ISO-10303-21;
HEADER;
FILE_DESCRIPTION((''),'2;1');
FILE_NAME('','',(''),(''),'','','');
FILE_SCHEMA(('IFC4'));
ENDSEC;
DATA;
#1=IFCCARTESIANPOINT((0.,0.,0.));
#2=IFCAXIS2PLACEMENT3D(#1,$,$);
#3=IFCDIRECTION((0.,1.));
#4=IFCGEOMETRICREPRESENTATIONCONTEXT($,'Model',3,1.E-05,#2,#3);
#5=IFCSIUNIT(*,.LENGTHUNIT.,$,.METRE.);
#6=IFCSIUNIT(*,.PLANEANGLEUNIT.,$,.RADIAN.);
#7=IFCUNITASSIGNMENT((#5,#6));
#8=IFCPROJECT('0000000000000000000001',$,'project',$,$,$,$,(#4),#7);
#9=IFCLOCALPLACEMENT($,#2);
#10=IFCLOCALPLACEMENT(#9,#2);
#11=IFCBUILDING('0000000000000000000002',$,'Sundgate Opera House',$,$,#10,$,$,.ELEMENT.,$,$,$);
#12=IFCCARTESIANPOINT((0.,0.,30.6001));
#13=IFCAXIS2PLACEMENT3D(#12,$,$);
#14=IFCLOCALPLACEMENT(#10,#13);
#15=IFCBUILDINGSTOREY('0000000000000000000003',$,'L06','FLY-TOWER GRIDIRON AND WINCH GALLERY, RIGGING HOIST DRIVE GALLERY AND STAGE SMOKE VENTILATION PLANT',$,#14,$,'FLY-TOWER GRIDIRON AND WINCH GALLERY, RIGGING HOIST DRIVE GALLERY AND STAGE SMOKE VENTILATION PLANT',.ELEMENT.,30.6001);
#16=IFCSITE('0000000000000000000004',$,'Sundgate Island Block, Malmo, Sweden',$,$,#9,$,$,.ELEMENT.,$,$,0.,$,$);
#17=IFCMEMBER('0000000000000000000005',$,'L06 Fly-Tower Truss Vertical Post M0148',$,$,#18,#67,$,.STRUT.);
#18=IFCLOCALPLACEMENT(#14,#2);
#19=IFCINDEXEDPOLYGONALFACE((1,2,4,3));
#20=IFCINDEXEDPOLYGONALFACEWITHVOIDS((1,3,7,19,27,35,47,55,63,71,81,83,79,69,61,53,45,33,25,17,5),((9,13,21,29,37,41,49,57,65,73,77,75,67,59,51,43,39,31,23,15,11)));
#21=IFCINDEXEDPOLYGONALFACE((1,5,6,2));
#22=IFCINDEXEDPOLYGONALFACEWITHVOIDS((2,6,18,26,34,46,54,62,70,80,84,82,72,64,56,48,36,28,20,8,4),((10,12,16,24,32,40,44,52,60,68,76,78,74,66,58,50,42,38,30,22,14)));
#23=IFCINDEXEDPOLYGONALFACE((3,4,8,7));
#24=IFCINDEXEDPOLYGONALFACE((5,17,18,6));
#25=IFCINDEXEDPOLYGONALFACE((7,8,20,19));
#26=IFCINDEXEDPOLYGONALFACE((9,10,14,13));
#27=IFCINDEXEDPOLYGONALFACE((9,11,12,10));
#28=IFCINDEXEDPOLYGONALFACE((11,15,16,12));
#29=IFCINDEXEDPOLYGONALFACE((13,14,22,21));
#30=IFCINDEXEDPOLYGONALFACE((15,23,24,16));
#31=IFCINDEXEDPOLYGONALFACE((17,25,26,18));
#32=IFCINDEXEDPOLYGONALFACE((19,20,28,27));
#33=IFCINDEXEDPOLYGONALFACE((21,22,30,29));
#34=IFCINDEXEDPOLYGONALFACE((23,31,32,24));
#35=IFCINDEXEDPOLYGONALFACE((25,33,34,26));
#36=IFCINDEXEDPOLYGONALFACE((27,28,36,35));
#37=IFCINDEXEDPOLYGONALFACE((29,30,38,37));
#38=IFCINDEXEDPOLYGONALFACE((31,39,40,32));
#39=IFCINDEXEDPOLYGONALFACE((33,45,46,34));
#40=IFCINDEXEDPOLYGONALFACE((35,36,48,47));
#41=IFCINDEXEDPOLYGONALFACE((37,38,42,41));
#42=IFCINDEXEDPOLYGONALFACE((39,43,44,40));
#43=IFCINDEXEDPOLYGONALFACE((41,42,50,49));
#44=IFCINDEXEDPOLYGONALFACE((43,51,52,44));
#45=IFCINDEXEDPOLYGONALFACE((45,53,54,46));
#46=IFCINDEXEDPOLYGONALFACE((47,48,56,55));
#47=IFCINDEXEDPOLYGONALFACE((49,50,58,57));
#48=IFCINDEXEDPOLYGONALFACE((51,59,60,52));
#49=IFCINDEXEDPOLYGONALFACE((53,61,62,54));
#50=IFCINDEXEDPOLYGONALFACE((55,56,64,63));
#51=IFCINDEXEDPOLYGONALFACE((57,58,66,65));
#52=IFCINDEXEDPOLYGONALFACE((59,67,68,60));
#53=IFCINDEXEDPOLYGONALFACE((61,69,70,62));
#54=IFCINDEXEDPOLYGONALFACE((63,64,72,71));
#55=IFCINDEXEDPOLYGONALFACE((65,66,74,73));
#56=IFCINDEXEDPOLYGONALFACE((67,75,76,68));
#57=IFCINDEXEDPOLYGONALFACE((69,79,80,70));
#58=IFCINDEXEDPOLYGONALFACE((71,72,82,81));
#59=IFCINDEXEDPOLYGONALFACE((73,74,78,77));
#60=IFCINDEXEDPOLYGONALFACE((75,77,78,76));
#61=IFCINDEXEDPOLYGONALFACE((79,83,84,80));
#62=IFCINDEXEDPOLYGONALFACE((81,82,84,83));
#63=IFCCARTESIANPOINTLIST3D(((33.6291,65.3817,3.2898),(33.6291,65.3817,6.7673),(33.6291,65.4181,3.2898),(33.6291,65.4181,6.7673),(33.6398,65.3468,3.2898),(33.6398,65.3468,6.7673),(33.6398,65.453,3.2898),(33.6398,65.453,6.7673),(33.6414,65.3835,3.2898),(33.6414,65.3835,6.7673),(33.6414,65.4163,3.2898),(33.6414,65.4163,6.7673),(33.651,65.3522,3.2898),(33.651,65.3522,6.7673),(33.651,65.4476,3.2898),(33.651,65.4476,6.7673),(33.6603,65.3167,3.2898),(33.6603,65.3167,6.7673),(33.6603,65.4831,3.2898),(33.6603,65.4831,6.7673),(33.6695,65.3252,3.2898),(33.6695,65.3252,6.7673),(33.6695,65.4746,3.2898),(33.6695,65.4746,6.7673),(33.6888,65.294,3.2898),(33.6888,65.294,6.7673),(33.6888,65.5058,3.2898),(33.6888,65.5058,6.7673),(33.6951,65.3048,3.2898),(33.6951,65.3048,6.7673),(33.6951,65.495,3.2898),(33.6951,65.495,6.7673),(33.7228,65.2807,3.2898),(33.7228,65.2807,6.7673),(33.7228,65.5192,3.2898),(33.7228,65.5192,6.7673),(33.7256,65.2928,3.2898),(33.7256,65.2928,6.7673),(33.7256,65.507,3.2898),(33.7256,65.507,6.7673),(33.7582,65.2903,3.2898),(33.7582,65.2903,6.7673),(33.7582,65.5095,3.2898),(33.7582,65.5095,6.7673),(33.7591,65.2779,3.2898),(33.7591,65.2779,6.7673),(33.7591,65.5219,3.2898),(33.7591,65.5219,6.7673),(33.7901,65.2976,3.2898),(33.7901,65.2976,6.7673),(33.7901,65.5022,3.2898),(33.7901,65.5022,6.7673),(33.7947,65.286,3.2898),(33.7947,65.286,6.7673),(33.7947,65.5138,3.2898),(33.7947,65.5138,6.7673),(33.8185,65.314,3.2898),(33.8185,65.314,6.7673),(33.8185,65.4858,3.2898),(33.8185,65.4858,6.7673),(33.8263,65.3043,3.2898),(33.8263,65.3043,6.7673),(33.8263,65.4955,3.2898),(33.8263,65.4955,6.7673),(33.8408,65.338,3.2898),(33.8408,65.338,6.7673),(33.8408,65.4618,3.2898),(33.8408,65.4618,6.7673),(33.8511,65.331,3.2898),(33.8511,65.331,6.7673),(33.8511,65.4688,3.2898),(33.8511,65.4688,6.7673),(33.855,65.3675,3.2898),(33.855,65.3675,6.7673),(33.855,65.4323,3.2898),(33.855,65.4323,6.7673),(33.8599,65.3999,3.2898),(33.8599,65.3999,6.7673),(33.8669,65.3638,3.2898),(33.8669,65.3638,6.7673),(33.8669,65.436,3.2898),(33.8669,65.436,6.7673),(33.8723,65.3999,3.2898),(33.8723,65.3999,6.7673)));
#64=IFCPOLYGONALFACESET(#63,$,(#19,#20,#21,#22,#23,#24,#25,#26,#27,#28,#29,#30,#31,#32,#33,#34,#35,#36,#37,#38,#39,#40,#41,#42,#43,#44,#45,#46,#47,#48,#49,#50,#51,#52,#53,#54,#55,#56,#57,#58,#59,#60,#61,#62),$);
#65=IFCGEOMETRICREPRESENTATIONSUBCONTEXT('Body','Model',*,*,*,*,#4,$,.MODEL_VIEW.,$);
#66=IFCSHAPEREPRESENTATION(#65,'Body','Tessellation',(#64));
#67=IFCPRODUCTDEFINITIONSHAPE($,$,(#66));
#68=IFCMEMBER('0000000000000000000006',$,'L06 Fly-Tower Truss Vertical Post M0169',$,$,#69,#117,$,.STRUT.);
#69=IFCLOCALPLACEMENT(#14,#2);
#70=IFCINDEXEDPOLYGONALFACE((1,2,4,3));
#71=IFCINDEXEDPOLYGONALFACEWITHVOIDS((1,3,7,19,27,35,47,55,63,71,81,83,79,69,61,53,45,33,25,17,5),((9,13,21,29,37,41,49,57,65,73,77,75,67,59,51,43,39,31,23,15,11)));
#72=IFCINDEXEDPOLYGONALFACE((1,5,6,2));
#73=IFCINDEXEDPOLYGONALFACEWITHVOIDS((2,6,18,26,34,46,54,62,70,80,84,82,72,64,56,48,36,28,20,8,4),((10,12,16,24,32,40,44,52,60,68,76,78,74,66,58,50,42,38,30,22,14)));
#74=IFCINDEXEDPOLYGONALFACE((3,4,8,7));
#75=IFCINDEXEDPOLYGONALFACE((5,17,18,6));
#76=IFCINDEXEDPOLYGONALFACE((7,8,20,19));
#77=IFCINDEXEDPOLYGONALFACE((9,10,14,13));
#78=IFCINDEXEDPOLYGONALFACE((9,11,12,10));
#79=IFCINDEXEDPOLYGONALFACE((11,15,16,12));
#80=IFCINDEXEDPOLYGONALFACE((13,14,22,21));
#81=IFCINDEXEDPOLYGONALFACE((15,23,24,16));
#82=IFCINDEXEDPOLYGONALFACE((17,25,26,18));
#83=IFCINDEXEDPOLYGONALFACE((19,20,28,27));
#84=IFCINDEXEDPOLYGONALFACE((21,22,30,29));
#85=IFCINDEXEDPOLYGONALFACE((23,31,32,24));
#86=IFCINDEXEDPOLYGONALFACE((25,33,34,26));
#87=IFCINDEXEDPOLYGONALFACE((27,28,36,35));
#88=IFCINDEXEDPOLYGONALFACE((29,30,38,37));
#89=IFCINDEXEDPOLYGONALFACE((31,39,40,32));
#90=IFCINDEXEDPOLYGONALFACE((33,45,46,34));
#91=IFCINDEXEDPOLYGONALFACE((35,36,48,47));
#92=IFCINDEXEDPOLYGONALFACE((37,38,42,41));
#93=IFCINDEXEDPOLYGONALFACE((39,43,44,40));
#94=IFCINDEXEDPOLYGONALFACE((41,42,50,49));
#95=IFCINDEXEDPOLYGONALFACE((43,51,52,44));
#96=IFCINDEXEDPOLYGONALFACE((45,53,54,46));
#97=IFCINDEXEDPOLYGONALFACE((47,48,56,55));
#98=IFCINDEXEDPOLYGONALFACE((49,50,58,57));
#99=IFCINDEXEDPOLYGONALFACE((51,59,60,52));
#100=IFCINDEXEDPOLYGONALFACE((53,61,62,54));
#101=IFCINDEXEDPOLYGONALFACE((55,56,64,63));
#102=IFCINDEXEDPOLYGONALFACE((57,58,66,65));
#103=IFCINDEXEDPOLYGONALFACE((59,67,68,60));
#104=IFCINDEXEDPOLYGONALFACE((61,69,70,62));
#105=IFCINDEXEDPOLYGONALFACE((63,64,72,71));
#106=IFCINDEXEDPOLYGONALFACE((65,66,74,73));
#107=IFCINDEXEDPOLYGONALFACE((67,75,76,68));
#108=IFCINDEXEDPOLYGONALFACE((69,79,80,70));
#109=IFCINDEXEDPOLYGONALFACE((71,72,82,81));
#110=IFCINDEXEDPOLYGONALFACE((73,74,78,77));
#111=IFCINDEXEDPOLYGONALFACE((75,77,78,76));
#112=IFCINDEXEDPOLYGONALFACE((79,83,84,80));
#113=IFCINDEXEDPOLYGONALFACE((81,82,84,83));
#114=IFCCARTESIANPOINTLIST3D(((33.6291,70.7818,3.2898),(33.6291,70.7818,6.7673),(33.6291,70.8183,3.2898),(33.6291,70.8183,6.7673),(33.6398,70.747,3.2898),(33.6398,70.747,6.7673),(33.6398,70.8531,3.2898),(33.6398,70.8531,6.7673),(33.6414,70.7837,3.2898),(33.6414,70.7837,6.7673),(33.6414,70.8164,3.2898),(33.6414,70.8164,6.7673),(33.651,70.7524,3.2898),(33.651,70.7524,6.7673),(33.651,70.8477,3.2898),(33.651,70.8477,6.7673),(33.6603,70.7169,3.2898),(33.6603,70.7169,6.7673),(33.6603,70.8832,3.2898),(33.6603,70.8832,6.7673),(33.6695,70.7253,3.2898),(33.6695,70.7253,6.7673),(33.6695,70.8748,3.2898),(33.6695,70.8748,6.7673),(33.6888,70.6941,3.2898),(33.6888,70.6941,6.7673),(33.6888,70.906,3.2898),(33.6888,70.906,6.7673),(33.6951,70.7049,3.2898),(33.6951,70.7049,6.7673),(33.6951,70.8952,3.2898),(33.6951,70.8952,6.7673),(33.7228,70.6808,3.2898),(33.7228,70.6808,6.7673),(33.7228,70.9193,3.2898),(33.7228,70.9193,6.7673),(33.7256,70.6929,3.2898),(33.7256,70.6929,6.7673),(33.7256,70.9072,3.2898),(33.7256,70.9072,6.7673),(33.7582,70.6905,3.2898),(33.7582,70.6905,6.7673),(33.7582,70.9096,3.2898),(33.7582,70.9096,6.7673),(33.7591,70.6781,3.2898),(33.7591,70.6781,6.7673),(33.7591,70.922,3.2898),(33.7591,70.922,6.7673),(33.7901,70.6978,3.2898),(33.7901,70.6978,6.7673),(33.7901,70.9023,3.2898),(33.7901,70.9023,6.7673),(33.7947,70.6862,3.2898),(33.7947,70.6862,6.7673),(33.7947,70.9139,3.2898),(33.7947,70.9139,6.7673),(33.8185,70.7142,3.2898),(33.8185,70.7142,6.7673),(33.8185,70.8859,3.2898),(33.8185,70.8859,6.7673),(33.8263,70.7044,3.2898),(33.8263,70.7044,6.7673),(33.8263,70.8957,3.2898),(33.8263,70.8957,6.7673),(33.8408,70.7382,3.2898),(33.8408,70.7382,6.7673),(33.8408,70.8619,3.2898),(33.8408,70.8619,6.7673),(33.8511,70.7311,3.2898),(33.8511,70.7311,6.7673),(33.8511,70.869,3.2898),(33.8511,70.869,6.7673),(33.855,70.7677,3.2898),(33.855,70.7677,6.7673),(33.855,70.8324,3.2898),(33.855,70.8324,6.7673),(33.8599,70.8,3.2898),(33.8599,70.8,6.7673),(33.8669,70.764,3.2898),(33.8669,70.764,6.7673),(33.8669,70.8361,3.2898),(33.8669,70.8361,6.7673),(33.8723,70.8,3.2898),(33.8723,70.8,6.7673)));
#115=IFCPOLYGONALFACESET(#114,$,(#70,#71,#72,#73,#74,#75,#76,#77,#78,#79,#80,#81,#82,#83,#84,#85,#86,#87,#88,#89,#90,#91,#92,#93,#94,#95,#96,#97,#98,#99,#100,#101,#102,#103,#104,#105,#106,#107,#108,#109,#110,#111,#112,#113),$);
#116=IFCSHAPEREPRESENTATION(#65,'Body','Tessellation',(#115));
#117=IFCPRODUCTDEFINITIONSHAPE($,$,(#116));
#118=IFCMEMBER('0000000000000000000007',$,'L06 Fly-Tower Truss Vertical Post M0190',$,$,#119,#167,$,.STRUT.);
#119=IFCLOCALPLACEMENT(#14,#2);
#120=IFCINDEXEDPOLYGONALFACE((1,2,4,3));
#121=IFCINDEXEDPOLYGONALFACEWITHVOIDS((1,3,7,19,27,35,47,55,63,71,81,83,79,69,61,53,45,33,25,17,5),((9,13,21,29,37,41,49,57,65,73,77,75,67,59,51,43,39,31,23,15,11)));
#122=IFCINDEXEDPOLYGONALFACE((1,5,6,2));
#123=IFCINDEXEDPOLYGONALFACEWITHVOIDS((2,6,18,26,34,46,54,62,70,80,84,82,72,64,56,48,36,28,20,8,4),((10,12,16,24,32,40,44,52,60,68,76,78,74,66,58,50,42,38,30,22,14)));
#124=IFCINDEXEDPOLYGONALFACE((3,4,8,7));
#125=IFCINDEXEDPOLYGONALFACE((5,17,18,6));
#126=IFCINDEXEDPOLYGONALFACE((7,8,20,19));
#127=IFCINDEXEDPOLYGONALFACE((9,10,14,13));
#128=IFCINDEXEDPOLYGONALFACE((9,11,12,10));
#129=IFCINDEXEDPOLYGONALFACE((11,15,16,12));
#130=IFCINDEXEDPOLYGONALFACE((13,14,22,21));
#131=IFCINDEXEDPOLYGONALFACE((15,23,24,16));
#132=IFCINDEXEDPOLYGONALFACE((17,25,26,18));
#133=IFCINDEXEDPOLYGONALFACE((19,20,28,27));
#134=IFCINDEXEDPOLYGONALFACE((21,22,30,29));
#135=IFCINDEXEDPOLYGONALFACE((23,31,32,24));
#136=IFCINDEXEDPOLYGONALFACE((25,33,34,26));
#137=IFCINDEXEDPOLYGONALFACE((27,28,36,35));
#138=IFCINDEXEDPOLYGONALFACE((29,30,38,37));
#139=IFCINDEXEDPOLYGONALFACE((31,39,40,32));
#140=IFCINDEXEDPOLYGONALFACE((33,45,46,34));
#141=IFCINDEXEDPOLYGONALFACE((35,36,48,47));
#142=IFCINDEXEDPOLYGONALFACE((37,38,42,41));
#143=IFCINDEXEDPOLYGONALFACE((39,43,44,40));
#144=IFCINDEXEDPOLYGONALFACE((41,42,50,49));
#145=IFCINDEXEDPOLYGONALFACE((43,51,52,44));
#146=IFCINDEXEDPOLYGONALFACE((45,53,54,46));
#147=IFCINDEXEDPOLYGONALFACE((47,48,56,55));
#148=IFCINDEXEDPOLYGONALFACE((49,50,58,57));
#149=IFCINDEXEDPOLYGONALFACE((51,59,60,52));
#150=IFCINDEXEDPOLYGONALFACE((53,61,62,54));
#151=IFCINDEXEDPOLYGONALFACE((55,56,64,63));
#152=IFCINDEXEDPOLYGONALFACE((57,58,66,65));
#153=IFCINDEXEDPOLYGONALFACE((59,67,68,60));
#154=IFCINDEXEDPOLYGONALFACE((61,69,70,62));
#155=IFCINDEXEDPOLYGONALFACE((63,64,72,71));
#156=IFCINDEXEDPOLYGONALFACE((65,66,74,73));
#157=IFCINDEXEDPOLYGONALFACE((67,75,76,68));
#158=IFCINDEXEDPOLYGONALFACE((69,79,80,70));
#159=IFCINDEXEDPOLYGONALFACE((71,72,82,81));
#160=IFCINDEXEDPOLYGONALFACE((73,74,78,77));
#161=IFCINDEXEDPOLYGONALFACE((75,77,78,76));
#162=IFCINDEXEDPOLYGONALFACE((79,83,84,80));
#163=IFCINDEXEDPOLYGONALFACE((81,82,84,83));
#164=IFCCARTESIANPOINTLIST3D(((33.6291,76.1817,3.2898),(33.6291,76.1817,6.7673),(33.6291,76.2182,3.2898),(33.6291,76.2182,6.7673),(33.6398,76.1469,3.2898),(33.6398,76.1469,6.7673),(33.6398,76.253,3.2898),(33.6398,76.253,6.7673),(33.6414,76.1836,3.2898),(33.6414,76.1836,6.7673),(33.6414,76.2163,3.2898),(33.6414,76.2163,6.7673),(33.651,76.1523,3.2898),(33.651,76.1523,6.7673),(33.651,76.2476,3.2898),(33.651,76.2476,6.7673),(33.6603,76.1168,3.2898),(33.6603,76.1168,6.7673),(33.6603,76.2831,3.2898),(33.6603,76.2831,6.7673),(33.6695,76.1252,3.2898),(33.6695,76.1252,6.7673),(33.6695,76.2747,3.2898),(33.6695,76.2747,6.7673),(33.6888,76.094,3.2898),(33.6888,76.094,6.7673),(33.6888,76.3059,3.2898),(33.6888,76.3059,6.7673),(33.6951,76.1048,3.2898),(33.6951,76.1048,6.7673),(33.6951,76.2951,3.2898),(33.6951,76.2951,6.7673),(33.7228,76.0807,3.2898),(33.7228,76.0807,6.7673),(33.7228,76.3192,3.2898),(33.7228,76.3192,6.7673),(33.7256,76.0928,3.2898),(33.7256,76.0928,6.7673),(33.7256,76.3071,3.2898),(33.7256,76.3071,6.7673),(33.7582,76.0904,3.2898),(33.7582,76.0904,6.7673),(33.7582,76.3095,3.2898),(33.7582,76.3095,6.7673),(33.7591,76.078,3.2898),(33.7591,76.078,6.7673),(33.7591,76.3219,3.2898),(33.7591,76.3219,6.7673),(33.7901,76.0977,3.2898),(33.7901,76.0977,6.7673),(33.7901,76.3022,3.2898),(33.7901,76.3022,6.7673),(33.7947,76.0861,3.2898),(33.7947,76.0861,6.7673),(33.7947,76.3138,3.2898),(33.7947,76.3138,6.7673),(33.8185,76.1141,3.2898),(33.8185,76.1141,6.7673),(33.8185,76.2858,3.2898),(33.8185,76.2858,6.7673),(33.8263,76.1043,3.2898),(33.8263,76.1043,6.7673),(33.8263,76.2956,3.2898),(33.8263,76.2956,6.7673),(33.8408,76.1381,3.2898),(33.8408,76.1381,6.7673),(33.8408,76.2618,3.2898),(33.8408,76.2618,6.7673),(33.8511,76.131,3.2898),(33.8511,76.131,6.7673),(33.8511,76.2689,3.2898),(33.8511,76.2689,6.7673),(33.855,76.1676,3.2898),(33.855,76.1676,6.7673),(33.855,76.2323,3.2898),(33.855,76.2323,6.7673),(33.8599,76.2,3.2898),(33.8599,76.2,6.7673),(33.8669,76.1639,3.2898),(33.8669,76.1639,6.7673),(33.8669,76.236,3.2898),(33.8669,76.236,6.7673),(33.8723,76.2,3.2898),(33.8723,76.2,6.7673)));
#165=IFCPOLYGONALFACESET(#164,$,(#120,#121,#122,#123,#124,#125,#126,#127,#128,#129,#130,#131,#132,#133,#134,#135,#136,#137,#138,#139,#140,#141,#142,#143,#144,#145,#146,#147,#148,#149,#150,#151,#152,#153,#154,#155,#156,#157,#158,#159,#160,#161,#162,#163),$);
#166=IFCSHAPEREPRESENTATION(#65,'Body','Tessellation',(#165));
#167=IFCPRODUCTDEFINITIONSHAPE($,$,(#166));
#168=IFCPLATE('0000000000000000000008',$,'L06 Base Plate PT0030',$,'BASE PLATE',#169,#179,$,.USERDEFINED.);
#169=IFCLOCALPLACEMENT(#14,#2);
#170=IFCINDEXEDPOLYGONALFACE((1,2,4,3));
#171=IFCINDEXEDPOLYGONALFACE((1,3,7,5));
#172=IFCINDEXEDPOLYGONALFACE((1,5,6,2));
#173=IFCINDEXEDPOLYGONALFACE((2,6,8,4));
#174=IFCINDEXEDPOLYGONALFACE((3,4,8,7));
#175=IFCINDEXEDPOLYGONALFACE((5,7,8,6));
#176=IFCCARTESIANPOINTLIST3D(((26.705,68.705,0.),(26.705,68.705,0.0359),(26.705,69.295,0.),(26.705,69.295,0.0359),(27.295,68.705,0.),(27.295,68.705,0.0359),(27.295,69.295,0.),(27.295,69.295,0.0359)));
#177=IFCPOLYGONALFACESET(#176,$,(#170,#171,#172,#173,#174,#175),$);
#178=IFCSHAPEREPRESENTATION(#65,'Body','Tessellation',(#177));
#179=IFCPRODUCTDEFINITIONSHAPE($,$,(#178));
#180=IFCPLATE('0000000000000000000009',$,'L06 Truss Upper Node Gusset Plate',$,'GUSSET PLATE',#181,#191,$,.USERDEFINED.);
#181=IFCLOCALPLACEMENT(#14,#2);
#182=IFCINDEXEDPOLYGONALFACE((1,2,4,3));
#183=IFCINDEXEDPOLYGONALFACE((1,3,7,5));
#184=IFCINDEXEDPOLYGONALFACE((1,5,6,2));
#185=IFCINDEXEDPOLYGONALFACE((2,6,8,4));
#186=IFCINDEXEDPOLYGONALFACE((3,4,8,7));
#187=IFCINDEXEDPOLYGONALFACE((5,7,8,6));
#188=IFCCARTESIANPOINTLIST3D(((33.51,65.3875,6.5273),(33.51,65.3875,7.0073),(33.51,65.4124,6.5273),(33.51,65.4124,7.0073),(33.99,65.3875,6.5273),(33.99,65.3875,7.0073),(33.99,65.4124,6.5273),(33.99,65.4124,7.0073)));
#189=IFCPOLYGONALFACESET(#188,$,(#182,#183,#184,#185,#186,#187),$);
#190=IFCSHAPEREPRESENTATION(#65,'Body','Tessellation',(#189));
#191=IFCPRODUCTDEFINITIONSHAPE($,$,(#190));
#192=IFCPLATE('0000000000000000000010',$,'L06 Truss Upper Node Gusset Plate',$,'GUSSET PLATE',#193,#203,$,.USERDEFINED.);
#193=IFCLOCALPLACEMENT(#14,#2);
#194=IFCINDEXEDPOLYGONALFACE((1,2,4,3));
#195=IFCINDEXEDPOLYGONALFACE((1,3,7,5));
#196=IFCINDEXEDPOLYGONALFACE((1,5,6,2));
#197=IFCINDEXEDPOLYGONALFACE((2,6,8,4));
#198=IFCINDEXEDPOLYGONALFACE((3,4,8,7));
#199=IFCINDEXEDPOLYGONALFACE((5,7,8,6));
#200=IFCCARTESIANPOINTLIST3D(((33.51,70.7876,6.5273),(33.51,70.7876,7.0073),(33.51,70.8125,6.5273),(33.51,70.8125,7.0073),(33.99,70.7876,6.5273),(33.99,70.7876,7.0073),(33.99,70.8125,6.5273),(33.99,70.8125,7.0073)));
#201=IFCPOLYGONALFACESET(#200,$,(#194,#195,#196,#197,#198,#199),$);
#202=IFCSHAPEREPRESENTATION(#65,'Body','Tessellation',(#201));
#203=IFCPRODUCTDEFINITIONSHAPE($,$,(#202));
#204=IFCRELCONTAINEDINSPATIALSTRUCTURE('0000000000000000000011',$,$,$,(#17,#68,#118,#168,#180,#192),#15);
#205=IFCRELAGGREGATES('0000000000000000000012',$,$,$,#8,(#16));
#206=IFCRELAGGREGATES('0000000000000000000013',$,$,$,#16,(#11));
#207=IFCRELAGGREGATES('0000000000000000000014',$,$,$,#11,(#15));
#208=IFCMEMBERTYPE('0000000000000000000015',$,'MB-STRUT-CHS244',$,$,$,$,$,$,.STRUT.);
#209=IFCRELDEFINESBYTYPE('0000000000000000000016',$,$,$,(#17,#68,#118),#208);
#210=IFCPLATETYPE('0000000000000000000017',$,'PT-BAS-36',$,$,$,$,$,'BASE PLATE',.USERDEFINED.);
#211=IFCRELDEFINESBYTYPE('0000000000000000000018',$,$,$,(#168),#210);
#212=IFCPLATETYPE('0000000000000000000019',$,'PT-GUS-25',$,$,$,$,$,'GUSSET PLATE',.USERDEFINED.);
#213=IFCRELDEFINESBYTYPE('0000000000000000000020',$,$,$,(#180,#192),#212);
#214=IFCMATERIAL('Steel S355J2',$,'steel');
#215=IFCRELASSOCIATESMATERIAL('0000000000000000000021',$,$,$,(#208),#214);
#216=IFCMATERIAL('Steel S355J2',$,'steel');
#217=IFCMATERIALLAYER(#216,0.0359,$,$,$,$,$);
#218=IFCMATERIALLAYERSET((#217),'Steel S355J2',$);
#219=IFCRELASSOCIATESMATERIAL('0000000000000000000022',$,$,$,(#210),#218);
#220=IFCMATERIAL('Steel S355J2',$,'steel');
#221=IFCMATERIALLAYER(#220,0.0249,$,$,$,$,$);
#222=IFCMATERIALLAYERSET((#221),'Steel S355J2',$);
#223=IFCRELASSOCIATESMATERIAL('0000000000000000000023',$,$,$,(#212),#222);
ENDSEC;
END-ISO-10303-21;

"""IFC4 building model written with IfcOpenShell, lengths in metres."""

from ifc_helpers import new_model, si_unit, direction, frame, origin, origin_2d, place, context, subcontext, project, spatial, rectangle, hollow_circle, extrude, material, layer, layer_set, material_profile, profile_set, type_object, element, save


model = new_model("IFC4")

# Units and contexts
model_context = context("Model", 3, precision=1e-05, world=origin(), true_north=direction((0.0, 1.0)))
body_context = subcontext(model_context, "Body", "Model", "MODEL_VIEW")
ifc_project = project(units=[si_unit("LENGTHUNIT", "METRE"), si_unit("PLANEANGLEUNIT", "RADIAN")], contexts=[model_context])

# Site, building, storey
site_placement = place(None, origin())
site = spatial("IfcSite", under=ifc_project, at=site_placement, Name="Sundgate Island Block, Malmo, Sweden", CompositionType="ELEMENT", RefElevation=0.0)
building_placement = place(site_placement, origin())
building = spatial("IfcBuilding", under=site, at=building_placement, Name="Sundgate Opera House", CompositionType="ELEMENT")
storey_placement = place(building_placement, frame((0.0, 0.0, 30.6001)))
storey = spatial("IfcBuildingStorey", under=building, at=storey_placement, Name="L06", Description="FLY-TOWER GRIDIRON AND WINCH GALLERY, RIGGING HOIST DRIVE GALLERY AND STAGE SMOKE VENTILATION PLANT", LongName="FLY-TOWER GRIDIRON AND WINCH GALLERY, RIGGING HOIST DRIVE GALLERY AND STAGE SMOKE VENTILATION PLANT", CompositionType="ELEMENT", Elevation=30.6001)

# Members
ifc_material_1 = material(Name="Steel S355J2", Category="steel")
ifc_material_profile_1 = material_profile(ifc_material_1, hollow_circle(Radius=0.1223, WallThickness=0.0125, at=origin_2d()), Name="CHS 244.5x12.5")
ifc_profile_set_1 = profile_set([ifc_material_profile_1], Name="Steel S355J2")
member_type_1 = type_object("IfcMemberType", Name="MB-STRUT-CHS244", PredefinedType="STRUT", material=ifc_profile_set_1)
for number, where, z_axis, x_axis, name in (
    (1, (33.75, 65.3999, 3.2898), (0.0, 0.0, 1.0), (1.0, 0.0, 0.0), "L06 Fly-Tower Truss Vertical Post M0148"),
    (2, (33.75, 70.8, 3.2898), (0.0, 0.0, 1.0), (1.0, 0.0, 0.0), "L06 Fly-Tower Truss Vertical Post M0169"),
    (3, (33.75, 76.2, 3.2898), (0.0, 0.0, 1.0), (1.0, 0.0, 0.0), "L06 Fly-Tower Truss Vertical Post M0190"),
):
    element("IfcMember", number, at=place(storey_placement, frame(where, z_axis=z_axis, x_axis=x_axis)), inside=storey, type_object=member_type_1, Name=name, PredefinedType="STRUT", context=body_context, shape_type="SweptSolid", body=[
        extrude(hollow_circle(Radius=0.1223, WallThickness=0.0125, at=origin_2d()), origin(), (0.0, 0.0, 1.0), 3.4775),
    ])

# Plates
ifc_material_2 = material(Name="Steel S355J2", Category="steel")
ifc_layer_1 = layer(ifc_material_2, 0.0359)
ifc_layer_set_1 = layer_set([ifc_layer_1], Name="Steel S355J2")
plate_type_1 = type_object("IfcPlateType", Name="PT-BAS-36", ElementType="BASE PLATE", PredefinedType="USERDEFINED", material=ifc_layer_set_1)
plate_placement = place(storey_placement, frame((27.0, 69.0, 0.0), z_axis=(0.0, 0.0, 1.0), x_axis=(1.0, 0.0, 0.0)))
element("IfcPlate", 4, at=plate_placement, inside=storey, type_object=plate_type_1, Name="L06 Base Plate PT0030", ObjectType="BASE PLATE", PredefinedType="USERDEFINED", context=body_context, shape_type="SweptSolid", body=[
    extrude(rectangle(XDim=0.5901, YDim=0.5901, at=origin_2d()), origin(), (0.0, 0.0, 1.0), 0.0359),
])
ifc_material_3 = material(Name="Steel S355J2", Category="steel")
ifc_layer_2 = layer(ifc_material_3, 0.0249)
ifc_layer_set_2 = layer_set([ifc_layer_2], Name="Steel S355J2")
plate_type_2 = type_object("IfcPlateType", Name="PT-GUS-25", ElementType="GUSSET PLATE", PredefinedType="USERDEFINED", material=ifc_layer_set_2)
for number, where, z_axis, x_axis, name in (
    (5, (33.75, 65.3999, 6.5273), (0.0, 0.0, 1.0), (1.0, 0.0, 0.0), "L06 Truss Upper Node Gusset Plate"),
    (6, (33.75, 70.8, 6.5273), (0.0, 0.0, 1.0), (1.0, 0.0, 0.0), "L06 Truss Upper Node Gusset Plate"),
):
    element("IfcPlate", number, at=place(storey_placement, frame(where, z_axis=z_axis, x_axis=x_axis)), inside=storey, type_object=plate_type_2, Name=name, ObjectType="GUSSET PLATE", PredefinedType="USERDEFINED", context=body_context, shape_type="SweptSolid", body=[
        extrude(rectangle(XDim=0.48, YDim=0.0249, at=origin_2d()), origin(), (0.0, 0.0, 1.0), 0.48),
    ])

save(model, "model.ifc")
